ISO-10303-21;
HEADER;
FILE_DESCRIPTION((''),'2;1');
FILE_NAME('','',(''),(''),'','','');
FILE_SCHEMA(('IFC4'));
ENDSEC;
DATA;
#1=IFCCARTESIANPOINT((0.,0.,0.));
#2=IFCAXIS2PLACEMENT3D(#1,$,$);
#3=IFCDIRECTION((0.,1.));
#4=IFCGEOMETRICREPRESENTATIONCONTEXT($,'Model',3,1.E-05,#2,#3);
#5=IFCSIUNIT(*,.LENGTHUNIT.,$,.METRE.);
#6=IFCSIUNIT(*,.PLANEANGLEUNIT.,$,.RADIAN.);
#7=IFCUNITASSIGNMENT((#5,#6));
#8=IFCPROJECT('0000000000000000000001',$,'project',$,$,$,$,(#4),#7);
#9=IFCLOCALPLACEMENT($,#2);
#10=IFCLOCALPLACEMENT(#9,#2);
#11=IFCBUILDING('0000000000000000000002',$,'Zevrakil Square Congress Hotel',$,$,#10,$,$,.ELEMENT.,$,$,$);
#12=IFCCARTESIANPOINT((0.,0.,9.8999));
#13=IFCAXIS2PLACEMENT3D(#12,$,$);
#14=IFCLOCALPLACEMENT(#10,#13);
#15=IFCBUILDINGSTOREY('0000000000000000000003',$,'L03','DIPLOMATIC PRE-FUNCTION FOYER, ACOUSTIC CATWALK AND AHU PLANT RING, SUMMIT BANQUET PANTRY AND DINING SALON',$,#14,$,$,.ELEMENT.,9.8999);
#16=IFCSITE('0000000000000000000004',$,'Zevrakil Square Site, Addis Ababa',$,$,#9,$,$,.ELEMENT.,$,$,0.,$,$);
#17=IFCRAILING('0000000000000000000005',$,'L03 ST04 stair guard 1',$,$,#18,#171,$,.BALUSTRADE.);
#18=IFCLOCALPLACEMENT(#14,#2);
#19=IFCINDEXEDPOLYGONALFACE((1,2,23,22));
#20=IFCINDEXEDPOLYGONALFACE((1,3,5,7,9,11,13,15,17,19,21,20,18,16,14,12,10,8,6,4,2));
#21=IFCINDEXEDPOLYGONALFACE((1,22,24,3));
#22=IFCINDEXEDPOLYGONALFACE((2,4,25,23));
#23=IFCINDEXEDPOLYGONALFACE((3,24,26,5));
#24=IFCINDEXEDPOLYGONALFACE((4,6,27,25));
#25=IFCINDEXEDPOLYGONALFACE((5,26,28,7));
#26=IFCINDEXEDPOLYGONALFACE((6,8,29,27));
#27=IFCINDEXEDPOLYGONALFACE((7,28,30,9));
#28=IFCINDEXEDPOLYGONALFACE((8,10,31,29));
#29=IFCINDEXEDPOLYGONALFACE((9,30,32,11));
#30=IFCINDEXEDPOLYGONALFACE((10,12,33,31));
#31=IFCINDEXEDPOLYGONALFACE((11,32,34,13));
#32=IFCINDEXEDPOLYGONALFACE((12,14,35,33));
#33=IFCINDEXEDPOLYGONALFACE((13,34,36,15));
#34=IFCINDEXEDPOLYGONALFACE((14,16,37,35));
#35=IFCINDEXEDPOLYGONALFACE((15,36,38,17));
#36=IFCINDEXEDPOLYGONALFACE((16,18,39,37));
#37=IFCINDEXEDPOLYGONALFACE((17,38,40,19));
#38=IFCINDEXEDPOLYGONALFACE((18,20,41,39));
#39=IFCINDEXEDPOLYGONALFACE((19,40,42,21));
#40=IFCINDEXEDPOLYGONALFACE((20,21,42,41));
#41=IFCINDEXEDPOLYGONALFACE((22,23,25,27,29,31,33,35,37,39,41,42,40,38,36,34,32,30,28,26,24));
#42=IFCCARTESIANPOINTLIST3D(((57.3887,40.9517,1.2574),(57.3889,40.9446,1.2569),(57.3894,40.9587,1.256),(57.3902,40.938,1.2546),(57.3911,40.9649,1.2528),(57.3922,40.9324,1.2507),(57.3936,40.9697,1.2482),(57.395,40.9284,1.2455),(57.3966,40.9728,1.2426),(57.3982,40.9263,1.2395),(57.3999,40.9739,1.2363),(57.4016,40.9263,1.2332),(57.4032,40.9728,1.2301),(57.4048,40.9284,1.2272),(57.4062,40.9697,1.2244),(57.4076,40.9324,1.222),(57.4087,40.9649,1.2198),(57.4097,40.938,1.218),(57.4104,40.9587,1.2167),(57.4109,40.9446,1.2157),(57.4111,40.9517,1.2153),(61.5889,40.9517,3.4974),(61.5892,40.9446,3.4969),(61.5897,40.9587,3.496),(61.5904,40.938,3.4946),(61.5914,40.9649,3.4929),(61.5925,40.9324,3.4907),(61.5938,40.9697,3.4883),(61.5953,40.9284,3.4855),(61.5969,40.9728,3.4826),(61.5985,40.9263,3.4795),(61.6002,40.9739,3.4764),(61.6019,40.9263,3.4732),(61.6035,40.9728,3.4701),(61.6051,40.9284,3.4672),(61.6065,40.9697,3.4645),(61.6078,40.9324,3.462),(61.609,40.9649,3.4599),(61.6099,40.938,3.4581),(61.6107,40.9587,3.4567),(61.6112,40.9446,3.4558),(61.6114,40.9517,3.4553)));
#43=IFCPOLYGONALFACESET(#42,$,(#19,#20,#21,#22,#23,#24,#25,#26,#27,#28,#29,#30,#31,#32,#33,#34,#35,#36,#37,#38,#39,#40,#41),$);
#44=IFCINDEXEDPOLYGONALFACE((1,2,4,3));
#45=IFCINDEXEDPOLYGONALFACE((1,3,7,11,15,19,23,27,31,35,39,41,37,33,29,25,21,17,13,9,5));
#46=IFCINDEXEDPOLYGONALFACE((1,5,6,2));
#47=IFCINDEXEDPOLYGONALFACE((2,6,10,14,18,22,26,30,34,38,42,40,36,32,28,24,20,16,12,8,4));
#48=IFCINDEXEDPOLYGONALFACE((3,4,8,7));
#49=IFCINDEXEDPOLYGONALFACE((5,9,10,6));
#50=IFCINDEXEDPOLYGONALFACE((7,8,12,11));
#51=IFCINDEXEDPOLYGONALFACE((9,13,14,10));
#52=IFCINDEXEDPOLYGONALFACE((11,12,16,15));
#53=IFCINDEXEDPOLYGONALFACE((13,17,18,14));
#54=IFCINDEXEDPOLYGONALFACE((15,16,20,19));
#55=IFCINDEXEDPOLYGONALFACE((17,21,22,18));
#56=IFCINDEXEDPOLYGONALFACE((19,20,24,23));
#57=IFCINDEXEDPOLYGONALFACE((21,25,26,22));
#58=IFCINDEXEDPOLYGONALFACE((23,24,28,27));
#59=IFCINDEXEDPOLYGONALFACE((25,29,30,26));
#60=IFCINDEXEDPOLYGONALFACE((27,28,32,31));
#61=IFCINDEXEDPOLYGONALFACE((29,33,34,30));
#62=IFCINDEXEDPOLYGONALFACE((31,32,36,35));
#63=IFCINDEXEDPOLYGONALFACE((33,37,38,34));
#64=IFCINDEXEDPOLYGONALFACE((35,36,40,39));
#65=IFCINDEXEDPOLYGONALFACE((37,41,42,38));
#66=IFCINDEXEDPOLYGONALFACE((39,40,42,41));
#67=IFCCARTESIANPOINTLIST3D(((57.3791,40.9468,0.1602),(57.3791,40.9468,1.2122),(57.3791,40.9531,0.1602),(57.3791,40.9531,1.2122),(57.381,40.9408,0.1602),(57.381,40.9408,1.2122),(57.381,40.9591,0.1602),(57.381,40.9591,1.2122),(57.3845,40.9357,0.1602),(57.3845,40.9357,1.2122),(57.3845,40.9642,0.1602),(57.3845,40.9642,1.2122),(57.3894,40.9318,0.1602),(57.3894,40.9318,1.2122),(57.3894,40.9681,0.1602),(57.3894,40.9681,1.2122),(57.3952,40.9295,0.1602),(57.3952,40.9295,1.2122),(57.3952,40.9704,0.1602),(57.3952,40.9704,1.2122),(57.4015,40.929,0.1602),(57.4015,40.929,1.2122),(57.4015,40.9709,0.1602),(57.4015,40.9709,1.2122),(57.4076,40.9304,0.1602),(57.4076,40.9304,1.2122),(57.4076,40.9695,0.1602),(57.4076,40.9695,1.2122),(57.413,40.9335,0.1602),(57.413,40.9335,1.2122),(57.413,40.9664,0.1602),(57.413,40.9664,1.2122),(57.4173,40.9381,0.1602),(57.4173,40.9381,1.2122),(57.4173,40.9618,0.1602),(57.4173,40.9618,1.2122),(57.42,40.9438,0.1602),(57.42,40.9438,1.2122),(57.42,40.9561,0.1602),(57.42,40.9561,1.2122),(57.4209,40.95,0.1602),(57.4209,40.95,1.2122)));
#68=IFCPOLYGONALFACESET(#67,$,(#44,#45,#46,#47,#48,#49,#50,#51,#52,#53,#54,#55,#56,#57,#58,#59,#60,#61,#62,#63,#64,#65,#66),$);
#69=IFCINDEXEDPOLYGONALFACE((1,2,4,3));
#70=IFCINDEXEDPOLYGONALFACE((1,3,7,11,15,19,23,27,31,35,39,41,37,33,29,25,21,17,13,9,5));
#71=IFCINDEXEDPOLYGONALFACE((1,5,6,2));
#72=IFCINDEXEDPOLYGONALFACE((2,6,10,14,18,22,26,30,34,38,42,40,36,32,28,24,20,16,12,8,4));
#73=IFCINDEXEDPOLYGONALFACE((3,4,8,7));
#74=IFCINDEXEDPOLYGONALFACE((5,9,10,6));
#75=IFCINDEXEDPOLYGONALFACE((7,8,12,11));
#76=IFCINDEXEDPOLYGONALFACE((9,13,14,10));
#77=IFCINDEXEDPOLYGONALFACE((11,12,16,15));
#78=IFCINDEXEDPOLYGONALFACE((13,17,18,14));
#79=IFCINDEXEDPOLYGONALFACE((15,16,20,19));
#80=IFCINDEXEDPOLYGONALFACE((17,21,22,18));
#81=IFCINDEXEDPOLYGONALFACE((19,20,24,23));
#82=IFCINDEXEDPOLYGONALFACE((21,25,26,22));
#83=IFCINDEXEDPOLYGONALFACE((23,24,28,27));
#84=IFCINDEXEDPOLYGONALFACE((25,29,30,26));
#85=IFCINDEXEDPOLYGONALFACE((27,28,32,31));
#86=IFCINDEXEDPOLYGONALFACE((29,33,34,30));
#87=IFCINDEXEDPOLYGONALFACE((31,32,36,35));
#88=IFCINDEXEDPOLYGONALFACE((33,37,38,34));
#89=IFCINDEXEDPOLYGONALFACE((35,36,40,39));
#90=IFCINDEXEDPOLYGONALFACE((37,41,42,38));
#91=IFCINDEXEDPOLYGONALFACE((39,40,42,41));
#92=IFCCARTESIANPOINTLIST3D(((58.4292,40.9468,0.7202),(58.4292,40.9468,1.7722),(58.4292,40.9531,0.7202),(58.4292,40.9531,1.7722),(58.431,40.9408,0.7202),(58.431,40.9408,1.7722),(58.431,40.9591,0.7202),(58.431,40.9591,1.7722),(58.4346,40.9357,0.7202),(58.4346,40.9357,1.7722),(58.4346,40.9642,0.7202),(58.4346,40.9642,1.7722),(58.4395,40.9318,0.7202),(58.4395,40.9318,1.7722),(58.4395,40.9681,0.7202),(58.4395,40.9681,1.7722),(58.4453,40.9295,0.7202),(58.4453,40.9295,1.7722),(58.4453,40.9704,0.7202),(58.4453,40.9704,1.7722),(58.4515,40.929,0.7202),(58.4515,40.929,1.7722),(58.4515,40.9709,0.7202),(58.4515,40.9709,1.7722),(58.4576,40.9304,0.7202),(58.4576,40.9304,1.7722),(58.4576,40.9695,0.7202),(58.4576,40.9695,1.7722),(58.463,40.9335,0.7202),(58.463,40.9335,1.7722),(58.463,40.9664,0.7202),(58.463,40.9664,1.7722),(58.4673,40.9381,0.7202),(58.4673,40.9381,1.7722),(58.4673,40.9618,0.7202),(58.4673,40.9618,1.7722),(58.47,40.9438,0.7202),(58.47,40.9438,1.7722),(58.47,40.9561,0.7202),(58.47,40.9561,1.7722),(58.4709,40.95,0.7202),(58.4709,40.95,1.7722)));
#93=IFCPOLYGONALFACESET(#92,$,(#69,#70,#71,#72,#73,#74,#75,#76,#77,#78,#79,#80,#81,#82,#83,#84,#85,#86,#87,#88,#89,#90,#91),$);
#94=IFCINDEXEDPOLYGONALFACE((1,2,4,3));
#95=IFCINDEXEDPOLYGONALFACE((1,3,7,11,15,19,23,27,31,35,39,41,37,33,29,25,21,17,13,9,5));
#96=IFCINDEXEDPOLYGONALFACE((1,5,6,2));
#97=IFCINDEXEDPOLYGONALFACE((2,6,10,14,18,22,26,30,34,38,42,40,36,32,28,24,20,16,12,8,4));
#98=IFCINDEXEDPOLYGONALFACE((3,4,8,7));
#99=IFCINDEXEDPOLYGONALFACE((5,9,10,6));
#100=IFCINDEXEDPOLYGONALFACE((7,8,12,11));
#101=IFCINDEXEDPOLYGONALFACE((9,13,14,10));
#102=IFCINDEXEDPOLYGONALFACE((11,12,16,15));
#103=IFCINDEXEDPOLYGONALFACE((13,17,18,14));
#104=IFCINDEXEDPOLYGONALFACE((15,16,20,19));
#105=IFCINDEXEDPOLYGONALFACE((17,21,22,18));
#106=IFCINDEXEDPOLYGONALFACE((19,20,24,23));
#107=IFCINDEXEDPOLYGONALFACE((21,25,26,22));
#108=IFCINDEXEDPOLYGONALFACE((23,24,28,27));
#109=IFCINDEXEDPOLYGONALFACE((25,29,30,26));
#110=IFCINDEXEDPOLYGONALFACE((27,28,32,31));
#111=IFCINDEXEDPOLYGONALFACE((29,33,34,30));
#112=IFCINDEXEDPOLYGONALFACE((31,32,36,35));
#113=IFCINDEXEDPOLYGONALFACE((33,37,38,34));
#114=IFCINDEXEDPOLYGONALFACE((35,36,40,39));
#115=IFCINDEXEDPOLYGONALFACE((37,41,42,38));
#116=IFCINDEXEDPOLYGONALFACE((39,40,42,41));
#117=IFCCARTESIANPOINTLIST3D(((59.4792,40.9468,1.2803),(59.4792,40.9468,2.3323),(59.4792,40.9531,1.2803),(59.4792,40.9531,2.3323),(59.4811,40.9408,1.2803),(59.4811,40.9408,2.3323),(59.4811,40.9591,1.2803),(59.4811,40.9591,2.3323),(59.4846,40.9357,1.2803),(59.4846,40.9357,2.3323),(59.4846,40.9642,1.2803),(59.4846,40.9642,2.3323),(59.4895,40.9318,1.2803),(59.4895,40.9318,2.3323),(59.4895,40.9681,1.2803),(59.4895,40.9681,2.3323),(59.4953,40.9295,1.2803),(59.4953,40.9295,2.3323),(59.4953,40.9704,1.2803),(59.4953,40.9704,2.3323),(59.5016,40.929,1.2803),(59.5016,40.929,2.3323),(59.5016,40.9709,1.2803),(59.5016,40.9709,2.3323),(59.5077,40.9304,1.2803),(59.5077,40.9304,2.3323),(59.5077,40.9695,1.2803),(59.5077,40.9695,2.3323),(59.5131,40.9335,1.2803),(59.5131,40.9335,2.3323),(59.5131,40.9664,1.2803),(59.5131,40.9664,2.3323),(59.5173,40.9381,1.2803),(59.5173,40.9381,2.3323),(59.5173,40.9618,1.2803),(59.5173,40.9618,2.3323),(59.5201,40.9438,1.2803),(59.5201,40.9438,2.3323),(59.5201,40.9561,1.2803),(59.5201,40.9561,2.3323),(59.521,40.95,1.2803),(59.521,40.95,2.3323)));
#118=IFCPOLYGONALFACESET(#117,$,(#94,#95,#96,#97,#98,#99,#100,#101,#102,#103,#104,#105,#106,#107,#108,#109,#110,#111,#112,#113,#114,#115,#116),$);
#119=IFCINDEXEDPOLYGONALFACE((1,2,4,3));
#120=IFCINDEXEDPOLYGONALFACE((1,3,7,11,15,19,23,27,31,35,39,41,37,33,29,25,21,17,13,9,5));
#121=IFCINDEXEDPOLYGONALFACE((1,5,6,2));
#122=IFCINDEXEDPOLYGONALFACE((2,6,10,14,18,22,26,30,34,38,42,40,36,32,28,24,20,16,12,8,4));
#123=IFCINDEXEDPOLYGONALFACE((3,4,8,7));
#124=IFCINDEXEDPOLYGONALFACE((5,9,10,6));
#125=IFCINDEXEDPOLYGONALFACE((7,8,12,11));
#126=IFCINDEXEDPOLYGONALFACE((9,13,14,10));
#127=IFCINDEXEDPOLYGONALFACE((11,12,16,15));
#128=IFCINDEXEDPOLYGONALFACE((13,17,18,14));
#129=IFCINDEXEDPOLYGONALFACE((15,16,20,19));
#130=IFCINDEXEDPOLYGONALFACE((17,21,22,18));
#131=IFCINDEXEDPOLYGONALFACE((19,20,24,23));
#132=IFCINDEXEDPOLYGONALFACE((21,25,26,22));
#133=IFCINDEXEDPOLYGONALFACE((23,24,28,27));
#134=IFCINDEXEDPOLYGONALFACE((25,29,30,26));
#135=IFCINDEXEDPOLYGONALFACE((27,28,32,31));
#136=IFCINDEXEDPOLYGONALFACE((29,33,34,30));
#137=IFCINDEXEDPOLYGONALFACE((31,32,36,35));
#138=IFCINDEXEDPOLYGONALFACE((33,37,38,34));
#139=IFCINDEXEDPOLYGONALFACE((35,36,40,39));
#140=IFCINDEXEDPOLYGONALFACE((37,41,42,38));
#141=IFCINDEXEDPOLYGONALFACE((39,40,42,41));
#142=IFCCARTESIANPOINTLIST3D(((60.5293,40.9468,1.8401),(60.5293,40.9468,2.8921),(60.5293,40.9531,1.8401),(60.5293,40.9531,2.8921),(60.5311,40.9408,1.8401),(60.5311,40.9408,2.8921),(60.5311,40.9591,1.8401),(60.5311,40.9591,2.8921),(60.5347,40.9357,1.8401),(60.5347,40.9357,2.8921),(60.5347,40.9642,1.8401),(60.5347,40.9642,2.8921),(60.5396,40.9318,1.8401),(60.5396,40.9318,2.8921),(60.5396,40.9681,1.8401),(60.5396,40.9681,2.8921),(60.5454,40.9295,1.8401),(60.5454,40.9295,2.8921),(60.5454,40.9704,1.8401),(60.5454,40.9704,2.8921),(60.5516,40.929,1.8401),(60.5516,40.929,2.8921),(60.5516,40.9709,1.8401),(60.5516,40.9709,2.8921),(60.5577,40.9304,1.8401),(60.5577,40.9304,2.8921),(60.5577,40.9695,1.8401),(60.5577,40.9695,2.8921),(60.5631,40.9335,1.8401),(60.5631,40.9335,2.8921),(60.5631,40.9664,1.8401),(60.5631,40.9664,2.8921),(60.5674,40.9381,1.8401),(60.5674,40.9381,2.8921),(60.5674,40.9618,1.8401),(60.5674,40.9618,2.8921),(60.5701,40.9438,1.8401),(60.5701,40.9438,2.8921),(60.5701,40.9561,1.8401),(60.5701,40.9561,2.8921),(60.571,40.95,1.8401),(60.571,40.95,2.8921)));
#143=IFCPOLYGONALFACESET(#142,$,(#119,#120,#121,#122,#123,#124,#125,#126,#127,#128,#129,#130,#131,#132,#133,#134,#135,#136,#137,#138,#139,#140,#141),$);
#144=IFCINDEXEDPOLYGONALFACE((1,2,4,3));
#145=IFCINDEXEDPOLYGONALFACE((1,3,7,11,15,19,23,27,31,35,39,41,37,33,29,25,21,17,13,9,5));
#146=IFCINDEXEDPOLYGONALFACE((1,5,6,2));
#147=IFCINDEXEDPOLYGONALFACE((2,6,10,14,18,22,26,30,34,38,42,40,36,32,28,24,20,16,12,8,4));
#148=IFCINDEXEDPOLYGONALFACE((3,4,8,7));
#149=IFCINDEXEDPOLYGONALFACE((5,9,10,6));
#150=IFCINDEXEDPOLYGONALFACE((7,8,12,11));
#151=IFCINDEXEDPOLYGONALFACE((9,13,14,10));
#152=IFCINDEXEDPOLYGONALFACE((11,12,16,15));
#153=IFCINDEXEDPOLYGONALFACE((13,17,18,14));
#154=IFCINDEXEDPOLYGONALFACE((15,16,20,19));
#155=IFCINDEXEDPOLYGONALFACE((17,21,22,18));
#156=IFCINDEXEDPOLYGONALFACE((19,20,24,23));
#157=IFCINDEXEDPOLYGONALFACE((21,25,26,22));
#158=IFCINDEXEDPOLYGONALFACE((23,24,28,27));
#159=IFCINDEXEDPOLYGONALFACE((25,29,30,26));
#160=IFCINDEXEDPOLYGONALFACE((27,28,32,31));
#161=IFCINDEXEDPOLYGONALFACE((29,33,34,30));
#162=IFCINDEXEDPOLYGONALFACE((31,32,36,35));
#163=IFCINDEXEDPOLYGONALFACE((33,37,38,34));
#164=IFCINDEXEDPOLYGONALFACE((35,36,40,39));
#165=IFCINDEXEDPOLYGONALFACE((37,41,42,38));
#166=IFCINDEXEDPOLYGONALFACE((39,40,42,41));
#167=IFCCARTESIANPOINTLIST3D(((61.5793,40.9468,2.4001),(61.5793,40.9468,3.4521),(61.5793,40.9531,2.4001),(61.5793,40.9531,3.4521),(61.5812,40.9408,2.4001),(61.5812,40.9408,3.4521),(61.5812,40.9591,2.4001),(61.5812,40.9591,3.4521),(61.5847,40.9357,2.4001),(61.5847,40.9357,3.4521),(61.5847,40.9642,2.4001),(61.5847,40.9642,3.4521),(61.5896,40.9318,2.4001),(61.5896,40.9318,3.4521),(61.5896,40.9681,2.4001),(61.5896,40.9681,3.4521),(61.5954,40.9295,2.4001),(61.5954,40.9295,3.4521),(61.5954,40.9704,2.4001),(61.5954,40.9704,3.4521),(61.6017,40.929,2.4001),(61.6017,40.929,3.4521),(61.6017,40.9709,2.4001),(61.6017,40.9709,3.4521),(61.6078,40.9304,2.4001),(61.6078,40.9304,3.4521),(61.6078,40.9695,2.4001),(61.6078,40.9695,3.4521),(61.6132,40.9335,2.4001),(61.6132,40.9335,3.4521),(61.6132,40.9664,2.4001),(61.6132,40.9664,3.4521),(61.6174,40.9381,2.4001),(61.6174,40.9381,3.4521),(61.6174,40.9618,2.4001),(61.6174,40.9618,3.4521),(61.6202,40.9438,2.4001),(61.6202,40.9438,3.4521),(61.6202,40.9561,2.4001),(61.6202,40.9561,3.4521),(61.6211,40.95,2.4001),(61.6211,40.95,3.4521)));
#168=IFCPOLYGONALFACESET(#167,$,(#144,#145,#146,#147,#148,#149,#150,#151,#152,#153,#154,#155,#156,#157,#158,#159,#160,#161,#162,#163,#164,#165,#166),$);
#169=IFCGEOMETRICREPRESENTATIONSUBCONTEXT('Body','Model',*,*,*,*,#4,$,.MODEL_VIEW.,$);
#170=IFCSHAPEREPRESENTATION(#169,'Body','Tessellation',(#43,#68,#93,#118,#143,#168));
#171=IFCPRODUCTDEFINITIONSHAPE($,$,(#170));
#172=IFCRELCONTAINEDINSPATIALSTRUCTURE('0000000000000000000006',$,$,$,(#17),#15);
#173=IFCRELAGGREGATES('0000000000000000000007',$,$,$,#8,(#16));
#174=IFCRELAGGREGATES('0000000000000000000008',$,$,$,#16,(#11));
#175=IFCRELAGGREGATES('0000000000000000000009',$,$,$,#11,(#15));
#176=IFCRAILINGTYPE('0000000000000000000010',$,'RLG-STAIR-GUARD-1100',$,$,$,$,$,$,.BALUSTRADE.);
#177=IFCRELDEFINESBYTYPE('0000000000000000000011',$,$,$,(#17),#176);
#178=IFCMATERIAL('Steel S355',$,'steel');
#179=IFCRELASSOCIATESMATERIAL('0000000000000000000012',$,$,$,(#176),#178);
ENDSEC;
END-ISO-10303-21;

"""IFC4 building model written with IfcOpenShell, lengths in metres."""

from ifc_helpers import new_model, si_unit, direction, frame, origin, origin_2d, place, context, subcontext, project, spatial, circle, extrude, material, type_object, element, save


model = new_model("IFC4")

# Units and contexts
model_context = context("Model", 3, precision=1e-05, world=origin(), true_north=direction((0.0, 1.0)))
body_context = subcontext(model_context, "Body", "Model", "MODEL_VIEW")
ifc_project = project(units=[si_unit("LENGTHUNIT", "METRE"), si_unit("PLANEANGLEUNIT", "RADIAN")], contexts=[model_context])

# Site, building, storey
site_placement = place(None, origin())
site = spatial("IfcSite", under=ifc_project, at=site_placement, Name="Zevrakil Square Site, Addis Ababa", CompositionType="ELEMENT", RefElevation=0.0)
building_placement = place(site_placement, origin())
building = spatial("IfcBuilding", under=site, at=building_placement, Name="Zevrakil Square Congress Hotel", CompositionType="ELEMENT")
storey_placement = place(building_placement, frame((0.0, 0.0, 9.8999)))
storey = spatial("IfcBuildingStorey", under=building, at=storey_placement, Name="L03", Description="DIPLOMATIC PRE-FUNCTION FOYER, ACOUSTIC CATWALK AND AHU PLANT RING, SUMMIT BANQUET PANTRY AND DINING SALON", CompositionType="ELEMENT", Elevation=9.8999)

# Railing
ifc_material_1 = material(Name="Steel S355", Category="steel")
railing_type_1 = type_object("IfcRailingType", Name="RLG-STAIR-GUARD-1100", PredefinedType="BALUSTRADE", material=ifc_material_1)
railing_1_placement = place(storey_placement, frame((57.3999, 40.95, 0.1602)))
element("IfcRailing", 1, at=railing_1_placement, inside=storey, type_object=railing_type_1, Name="L03 ST04 stair guard 1", PredefinedType="BALUSTRADE", context=body_context, shape_type="SweptSolid", body=[
    extrude(circle(Radius=0.0239, at=origin_2d()), frame((0.0, 0.0, 1.0762), z_axis=(0.882363, 0.0, 0.47057), x_axis=(0.0, 1.0, 0.0)), (0.0, 0.0, 1.0), 4.7603),
    extrude(circle(Radius=0.021, at=origin_2d()), origin(), (0.0, 0.0, 1.0), 1.052),
    extrude(circle(Radius=0.021, at=origin_2d()), frame((1.05, 0.0, 0.5601)), (0.0, 0.0, 1.0), 1.052),
    extrude(circle(Radius=0.021, at=origin_2d()), frame((2.1001, 0.0, 1.1201)), (0.0, 0.0, 1.0), 1.052),
    extrude(circle(Radius=0.021, at=origin_2d()), frame((3.1501, 0.0, 1.6799)), (0.0, 0.0, 1.0), 1.052),
    extrude(circle(Radius=0.021, at=origin_2d()), frame((4.2002, 0.0, 2.24)), (0.0, 0.0, 1.0), 1.052),
])

save(model, "model.ifc")
